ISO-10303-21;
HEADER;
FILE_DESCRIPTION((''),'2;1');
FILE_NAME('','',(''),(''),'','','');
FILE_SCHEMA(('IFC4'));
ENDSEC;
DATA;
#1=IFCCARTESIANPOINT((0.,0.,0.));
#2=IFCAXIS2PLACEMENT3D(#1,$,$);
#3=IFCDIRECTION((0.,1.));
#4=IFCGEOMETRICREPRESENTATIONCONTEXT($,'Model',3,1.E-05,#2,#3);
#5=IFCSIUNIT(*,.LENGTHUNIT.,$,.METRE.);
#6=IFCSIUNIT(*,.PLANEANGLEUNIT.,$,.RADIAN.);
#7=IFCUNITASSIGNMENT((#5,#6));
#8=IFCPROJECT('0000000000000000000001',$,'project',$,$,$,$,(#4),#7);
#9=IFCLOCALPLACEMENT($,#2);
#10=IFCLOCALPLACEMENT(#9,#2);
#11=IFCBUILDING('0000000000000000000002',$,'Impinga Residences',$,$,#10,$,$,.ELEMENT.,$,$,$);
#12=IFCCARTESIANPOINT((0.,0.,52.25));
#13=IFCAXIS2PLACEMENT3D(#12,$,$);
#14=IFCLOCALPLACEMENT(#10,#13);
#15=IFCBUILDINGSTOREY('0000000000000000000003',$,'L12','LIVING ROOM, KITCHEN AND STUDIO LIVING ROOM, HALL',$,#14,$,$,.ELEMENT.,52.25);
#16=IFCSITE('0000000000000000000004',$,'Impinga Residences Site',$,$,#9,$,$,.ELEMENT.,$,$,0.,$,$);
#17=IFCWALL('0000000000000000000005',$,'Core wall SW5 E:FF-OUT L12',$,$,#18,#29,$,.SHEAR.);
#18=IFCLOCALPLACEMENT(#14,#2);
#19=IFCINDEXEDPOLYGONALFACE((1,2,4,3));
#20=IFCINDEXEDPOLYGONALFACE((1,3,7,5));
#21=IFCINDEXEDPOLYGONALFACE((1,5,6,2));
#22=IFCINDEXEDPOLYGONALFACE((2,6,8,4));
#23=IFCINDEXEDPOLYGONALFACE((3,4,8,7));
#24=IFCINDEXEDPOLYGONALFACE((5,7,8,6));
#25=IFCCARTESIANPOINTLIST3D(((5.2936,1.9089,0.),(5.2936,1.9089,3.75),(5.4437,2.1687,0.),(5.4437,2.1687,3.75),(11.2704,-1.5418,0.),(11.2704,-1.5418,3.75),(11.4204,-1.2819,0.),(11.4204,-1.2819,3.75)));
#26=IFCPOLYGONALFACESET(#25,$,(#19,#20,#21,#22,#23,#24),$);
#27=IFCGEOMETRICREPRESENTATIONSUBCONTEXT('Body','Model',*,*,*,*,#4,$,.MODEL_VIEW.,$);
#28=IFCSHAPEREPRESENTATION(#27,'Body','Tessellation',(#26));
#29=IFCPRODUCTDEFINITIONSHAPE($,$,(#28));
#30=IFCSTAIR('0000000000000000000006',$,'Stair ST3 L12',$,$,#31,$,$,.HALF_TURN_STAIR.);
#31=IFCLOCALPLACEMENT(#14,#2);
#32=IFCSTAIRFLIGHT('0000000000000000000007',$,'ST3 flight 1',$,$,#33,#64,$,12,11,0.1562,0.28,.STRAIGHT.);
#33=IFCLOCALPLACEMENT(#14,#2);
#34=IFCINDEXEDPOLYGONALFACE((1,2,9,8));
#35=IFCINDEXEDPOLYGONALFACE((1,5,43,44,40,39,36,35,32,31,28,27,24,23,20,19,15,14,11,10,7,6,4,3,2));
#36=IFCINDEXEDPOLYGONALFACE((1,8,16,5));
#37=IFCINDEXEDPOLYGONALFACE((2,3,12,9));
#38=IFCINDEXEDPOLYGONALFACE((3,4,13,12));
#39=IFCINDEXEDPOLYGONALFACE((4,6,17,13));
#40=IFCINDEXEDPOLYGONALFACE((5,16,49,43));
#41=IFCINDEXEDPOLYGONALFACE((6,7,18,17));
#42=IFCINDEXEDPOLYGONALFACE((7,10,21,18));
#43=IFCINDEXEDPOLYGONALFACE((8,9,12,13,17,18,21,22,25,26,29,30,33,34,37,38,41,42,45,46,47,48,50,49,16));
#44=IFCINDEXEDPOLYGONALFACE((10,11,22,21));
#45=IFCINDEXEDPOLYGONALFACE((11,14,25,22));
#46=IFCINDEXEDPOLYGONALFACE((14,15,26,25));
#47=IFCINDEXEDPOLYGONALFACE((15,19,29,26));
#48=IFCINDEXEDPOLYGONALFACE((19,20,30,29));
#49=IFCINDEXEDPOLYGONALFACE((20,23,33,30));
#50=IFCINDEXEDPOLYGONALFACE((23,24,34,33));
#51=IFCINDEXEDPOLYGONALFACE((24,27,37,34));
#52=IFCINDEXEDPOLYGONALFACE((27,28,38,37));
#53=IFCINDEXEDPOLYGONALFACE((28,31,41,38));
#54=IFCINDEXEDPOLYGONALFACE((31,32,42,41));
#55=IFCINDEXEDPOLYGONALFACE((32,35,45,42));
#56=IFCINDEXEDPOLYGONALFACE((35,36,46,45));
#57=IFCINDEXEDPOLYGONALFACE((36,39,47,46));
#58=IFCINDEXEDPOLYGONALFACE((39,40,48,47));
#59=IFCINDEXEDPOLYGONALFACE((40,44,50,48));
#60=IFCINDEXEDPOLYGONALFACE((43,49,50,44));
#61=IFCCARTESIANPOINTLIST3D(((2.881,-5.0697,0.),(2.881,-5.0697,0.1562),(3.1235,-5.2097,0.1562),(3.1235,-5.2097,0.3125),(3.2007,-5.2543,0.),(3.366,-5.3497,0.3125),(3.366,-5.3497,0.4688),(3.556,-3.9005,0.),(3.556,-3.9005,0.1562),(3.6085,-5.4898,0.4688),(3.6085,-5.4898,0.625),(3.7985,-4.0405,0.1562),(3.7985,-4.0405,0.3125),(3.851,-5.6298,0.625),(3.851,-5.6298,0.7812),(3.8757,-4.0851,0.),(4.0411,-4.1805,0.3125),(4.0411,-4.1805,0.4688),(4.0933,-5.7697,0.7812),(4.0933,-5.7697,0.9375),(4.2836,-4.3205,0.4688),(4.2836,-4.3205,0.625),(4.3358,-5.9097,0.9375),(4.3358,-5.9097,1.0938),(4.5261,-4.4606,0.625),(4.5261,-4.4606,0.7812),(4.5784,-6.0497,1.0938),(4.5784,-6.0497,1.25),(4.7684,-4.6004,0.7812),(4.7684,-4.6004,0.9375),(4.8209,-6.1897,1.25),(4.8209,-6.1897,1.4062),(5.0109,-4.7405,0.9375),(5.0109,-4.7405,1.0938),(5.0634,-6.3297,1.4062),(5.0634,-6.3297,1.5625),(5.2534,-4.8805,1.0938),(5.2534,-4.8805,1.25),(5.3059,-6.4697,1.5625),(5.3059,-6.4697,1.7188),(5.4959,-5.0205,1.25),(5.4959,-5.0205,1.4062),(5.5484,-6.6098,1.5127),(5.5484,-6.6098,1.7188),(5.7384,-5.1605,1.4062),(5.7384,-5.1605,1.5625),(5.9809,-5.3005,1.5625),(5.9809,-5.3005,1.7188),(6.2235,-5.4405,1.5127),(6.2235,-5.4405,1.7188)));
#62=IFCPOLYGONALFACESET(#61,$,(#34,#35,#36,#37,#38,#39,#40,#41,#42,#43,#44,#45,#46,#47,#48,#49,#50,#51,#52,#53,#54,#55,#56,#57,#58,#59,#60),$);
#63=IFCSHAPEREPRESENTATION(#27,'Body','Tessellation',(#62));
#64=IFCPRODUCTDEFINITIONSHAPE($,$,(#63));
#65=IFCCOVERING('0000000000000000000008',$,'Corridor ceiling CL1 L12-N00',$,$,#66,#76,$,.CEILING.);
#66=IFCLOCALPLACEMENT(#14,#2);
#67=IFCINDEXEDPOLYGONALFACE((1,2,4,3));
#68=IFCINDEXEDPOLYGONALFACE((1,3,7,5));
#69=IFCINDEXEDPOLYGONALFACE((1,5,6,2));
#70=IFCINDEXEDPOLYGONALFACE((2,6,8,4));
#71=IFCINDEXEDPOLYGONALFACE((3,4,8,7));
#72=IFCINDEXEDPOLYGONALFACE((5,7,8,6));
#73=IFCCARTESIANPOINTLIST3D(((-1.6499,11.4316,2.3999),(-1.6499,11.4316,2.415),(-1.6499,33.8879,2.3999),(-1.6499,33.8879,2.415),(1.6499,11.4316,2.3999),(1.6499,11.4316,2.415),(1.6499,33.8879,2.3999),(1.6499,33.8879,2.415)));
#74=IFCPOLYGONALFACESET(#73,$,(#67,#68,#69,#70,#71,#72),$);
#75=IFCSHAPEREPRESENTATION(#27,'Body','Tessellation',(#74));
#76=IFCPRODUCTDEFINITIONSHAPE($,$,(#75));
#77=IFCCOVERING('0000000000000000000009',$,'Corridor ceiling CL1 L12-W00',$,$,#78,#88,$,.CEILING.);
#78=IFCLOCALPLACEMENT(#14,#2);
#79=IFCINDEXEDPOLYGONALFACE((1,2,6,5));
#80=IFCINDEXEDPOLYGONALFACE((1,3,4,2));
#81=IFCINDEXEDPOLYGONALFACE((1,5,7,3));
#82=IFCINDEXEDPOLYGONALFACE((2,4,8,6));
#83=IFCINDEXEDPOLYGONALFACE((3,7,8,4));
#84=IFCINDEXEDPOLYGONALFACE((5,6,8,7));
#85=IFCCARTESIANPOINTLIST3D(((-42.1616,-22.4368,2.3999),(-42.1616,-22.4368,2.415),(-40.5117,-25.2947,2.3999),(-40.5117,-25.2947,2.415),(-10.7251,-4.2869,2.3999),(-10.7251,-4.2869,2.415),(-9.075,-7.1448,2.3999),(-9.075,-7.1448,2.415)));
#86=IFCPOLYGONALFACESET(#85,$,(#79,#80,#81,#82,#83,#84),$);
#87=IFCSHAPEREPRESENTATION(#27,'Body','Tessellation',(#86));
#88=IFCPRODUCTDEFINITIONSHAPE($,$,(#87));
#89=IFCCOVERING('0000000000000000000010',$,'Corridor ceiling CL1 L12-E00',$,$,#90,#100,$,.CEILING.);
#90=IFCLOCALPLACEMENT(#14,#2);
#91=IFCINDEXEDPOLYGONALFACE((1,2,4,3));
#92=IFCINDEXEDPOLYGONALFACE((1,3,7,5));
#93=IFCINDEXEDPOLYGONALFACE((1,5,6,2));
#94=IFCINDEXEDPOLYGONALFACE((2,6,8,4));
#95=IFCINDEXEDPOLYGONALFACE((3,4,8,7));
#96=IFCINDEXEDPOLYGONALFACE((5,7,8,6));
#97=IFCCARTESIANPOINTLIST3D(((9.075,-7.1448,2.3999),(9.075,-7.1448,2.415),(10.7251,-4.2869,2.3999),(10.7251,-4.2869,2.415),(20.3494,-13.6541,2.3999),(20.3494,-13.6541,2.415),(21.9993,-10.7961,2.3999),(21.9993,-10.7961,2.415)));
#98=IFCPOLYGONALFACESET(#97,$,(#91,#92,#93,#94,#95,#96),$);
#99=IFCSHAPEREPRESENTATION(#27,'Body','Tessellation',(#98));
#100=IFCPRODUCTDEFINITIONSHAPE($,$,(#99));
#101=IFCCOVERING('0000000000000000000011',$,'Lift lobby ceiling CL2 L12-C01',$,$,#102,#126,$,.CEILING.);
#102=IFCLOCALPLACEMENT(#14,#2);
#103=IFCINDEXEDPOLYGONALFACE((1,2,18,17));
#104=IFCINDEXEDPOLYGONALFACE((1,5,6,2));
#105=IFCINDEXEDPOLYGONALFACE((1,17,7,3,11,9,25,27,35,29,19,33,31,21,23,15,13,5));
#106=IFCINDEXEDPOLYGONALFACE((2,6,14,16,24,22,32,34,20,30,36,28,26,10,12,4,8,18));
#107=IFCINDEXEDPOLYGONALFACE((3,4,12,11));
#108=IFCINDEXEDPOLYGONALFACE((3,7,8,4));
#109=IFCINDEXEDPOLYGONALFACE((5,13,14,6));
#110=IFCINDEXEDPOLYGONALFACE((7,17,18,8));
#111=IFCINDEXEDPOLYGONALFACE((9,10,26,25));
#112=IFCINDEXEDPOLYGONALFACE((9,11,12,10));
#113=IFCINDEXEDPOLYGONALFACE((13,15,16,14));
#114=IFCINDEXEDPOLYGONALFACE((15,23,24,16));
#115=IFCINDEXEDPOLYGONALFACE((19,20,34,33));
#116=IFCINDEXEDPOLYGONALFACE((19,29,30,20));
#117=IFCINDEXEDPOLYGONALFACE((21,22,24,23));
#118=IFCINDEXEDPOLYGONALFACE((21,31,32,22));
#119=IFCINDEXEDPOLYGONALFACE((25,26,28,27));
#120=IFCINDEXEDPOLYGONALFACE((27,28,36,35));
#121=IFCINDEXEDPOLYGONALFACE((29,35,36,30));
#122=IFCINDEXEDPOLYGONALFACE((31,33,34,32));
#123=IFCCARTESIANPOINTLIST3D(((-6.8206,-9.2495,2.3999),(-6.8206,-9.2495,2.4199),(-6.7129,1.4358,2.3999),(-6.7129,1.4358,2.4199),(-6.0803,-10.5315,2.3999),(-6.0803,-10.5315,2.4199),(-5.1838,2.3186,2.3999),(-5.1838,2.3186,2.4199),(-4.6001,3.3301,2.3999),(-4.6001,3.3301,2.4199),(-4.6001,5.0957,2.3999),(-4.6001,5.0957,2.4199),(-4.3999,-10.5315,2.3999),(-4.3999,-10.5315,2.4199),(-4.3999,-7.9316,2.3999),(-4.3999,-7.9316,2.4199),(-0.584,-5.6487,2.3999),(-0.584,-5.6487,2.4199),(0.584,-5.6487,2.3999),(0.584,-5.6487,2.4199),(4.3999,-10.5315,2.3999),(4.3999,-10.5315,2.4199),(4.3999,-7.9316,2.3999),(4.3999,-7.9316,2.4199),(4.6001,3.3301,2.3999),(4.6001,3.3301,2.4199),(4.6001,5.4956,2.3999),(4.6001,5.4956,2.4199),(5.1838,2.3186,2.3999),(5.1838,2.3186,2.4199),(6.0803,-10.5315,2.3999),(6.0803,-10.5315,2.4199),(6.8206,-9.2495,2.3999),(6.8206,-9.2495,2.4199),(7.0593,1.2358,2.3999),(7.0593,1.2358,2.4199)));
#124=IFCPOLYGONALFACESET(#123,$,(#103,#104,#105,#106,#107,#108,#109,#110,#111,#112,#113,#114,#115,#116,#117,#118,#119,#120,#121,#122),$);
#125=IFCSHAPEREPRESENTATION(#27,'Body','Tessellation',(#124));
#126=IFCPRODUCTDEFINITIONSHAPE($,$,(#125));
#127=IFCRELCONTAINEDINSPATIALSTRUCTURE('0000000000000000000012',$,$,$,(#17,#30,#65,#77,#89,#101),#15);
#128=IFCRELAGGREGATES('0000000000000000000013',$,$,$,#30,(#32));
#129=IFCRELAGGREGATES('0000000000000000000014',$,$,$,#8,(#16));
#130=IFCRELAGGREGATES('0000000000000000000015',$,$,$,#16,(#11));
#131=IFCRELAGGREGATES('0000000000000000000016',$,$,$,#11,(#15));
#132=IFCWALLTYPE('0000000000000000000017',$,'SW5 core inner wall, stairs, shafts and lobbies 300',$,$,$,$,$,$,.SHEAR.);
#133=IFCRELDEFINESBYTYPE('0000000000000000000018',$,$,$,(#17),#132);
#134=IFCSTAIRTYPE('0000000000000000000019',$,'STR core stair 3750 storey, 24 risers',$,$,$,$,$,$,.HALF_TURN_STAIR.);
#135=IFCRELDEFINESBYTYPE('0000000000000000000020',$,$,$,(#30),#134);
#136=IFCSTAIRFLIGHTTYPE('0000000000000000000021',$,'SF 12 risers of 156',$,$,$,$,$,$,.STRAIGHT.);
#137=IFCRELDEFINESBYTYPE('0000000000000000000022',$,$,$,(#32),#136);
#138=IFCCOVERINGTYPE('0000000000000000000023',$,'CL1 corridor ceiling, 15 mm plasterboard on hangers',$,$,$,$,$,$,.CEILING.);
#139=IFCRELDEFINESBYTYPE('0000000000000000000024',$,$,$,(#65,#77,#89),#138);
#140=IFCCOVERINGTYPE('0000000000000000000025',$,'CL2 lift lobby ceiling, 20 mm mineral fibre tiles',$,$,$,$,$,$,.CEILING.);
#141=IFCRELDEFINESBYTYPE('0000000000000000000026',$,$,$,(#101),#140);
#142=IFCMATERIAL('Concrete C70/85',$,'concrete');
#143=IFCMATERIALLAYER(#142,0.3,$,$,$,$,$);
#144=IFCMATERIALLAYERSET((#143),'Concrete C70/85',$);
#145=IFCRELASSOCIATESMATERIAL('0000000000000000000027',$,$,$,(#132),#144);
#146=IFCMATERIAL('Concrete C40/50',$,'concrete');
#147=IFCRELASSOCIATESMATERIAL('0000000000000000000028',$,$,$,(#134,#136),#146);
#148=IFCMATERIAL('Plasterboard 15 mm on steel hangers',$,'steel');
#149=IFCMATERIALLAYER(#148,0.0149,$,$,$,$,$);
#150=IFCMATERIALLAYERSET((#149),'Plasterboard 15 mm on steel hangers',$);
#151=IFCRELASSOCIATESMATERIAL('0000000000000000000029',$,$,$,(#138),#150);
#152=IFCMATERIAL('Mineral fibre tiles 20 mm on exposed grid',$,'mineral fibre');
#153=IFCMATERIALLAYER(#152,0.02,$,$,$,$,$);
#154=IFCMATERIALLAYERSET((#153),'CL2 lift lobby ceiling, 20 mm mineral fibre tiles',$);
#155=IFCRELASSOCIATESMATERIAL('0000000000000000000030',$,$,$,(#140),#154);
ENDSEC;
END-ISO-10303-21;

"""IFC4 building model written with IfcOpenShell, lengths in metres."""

from ifc_helpers import new_model, si_unit, direction, frame, frame_2d, origin, place, context, subcontext, project, spatial, polyline, rectangle, outline, extrude, material, layer, layer_set, type_object, element, aggregate, save


model = new_model("IFC4")

# Units and contexts
model_context = context("Model", 3, precision=1e-05, world=origin(), true_north=direction((0.0, 1.0)))
body_context = subcontext(model_context, "Body", "Model", "MODEL_VIEW")
ifc_project = project(units=[si_unit("LENGTHUNIT", "METRE"), si_unit("PLANEANGLEUNIT", "RADIAN")], contexts=[model_context])

# Site, building, storey
site_placement = place(None, origin())
site = spatial("IfcSite", under=ifc_project, at=site_placement, Name="Impinga Residences Site", CompositionType="ELEMENT", RefElevation=0.0)
building_placement = place(site_placement, origin())
building = spatial("IfcBuilding", under=site, at=building_placement, Name="Impinga Residences", CompositionType="ELEMENT")
storey_placement = place(building_placement, frame((0.0, 0.0, 52.25)))
storey = spatial("IfcBuildingStorey", under=building, at=storey_placement, Name="L12", Description="LIVING ROOM, KITCHEN AND STUDIO LIVING ROOM, HALL", CompositionType="ELEMENT", Elevation=52.25)

# Shared definitions
ifc_material_1 = material(Name="Concrete C40/50", Category="concrete")

# Shared definitions
ifc_material_2 = material(Name="Concrete C70/85", Category="concrete")
ifc_layer_1 = layer(ifc_material_2, 0.3)
ifc_layer_set_1 = layer_set([ifc_layer_1], Name="Concrete C70/85")
wall_type = type_object("IfcWallType", Name="SW5 core inner wall, stairs, shafts and lobbies 300", PredefinedType="SHEAR", material=ifc_layer_set_1)

# Wall
wall_1_placement = place(storey_placement, frame((5.3687, 2.0388, 0.0), z_axis=(0.0, 0.0, 1.0), x_axis=(0.866027, -0.499997, 0.0)))
element("IfcWall", 1, at=wall_1_placement, inside=storey, type_object=wall_type, Name="Core wall SW5 E:FF-OUT L12", PredefinedType="SHEAR", context=body_context, shape_type="SweptSolid", body=[
    extrude(rectangle(XDim=6.9014, YDim=0.3, at=frame_2d((3.4507, 0.0))), origin(), (0.0, 0.0, 1.0), 3.75),
])

# Stair, stair flight
stair_type_1 = type_object("IfcStairType", Name="STR core stair 3750 storey, 24 risers", PredefinedType="HALF_TURN_STAIR", material=ifc_material_1)
stair_1_placement = place(storey_placement, origin())
stair_1 = element("IfcStair", 2, at=stair_1_placement, inside=storey, type_object=stair_type_1, Name="Stair ST3 L12", PredefinedType="HALF_TURN_STAIR")
stair_flight_type = type_object("IfcStairFlightType", Name="SF 12 risers of 156", PredefinedType="STRAIGHT", material=ifc_material_1)
stair_flight_placement = place(storey_placement, frame((3.2185, -4.4851, 0.0), z_axis=(0.0, 0.0, 1.0), x_axis=(0.866025, -0.5, 0.0)))
stair_flight = element("IfcStairFlight", 3, at=stair_flight_placement, type_object=stair_flight_type, Name="ST3 flight 1", NumberOfRisers=12, NumberOfTreads=11, PredefinedType="STRAIGHT", RiserHeight=0.1562, TreadLength=0.28, context=body_context, shape_type="SweptSolid", body=[
    extrude(outline(polyline([(0.0, 0.0), (0.0, 0.1562), (0.28, 0.1562), (0.28, 0.3125), (0.5601, 0.3125), (0.5601, 0.4688), (0.8401, 0.4688), (0.8401, 0.625), (1.1201, 0.625), (1.1201, 0.7812), (1.3999, 0.7812), (1.3999, 0.9375), (1.6799, 0.9375), (1.6799, 1.0938), (1.96, 1.0938), (1.96, 1.25), (2.24, 1.25), (2.24, 1.4062), (2.52, 1.4062), (2.52, 1.5625), (2.8, 1.5625), (2.8, 1.7188), (3.0801, 1.7188), (3.0801, 1.875), (3.0801, 1.5127), (0.3691, 0.0), (0.0, 0.0)])), frame((0.0, 0.675, 0.0), z_axis=(0.0, -1.0, 0.0), x_axis=(1.0, 0.0, 0.0)), (0.0, 0.0, 1.0), 1.3501),
])
aggregate(stair_1, [stair_flight])

# Coverings
ifc_material_3 = material(Name="Plasterboard 15 mm on steel hangers", Category="steel")
ifc_layer_2 = layer(ifc_material_3, 0.0149)
ifc_layer_set_2 = layer_set([ifc_layer_2], Name="Plasterboard 15 mm on steel hangers")
covering_type_1 = type_object("IfcCoveringType", Name="CL1 corridor ceiling, 15 mm plasterboard on hangers", PredefinedType="CEILING", material=ifc_layer_set_2)
covering_1_placement = place(storey_placement, frame((0.0, 0.0, 2.3999)))
element("IfcCovering", 4, at=covering_1_placement, inside=storey, type_object=covering_type_1, Name="Corridor ceiling CL1 L12-N00", PredefinedType="CEILING", context=body_context, shape_type="SweptSolid", body=[
    extrude(outline(polyline([(1.6499, 11.4316), (-1.6499, 11.4316), (-1.6499, 33.8879), (1.6499, 33.8879), (1.6499, 11.4316)])), origin(), (0.0, 0.0, 1.0), 0.0151),
])
covering_2_placement = place(storey_placement, frame((0.0, 0.0, 2.3999)))
element("IfcCovering", 5, at=covering_2_placement, inside=storey, type_object=covering_type_1, Name="Corridor ceiling CL1 L12-W00", PredefinedType="CEILING", context=body_context, shape_type="SweptSolid", body=[
    extrude(outline(polyline([(-9.075, -7.1448), (-10.7251, -4.2869), (-42.1616, -22.4368), (-40.5117, -25.2947), (-9.075, -7.1448)])), origin(), (0.0, 0.0, 1.0), 0.0151),
])
covering_3_placement = place(storey_placement, frame((0.0, 0.0, 2.3999)))
element("IfcCovering", 6, at=covering_3_placement, inside=storey, type_object=covering_type_1, Name="Corridor ceiling CL1 L12-E00", PredefinedType="CEILING", context=body_context, shape_type="SweptSolid", body=[
    extrude(outline(polyline([(9.075, -7.1448), (10.7251, -4.2869), (21.9993, -10.7961), (20.3494, -13.6541), (9.075, -7.1448)])), origin(), (0.0, 0.0, 1.0), 0.0151),
])
ifc_material_4 = material(Name="Mineral fibre tiles 20 mm on exposed grid", Category="mineral fibre")
ifc_layer_3 = layer(ifc_material_4, 0.02)
ifc_layer_set_3 = layer_set([ifc_layer_3], Name="CL2 lift lobby ceiling, 20 mm mineral fibre tiles")
covering_type_2 = type_object("IfcCoveringType", Name="CL2 lift lobby ceiling, 20 mm mineral fibre tiles", PredefinedType="CEILING", material=ifc_layer_set_3)
covering_4_placement = place(storey_placement, frame((0.0, 0.0, 2.3999)))
element("IfcCovering", 7, at=covering_4_placement, inside=storey, type_object=covering_type_2, Name="Lift lobby ceiling CL2 L12-C01", PredefinedType="CEILING", context=body_context, shape_type="SweptSolid", body=[
    extrude(outline(polyline([(6.0803, -10.5315), (4.3999, -10.5315), (4.3999, -7.9316), (-4.3999, -7.9316), (-4.3999, -10.5315), (-6.0803, -10.5315), (-6.8206, -9.2495), (-0.584, -5.6487), (-5.1838, 2.3186), (-6.7129, 1.4358), (-4.6001, 5.0957), (-4.6001, 3.3301), (4.6001, 3.3301), (4.6001, 5.4956), (7.0593, 1.2358), (5.1838, 2.3186), (0.584, -5.6487), (6.8206, -9.2495), (6.0803, -10.5315)])), origin(), (0.0, 0.0, 1.0), 0.02),
])

save(model, "model.ifc")
